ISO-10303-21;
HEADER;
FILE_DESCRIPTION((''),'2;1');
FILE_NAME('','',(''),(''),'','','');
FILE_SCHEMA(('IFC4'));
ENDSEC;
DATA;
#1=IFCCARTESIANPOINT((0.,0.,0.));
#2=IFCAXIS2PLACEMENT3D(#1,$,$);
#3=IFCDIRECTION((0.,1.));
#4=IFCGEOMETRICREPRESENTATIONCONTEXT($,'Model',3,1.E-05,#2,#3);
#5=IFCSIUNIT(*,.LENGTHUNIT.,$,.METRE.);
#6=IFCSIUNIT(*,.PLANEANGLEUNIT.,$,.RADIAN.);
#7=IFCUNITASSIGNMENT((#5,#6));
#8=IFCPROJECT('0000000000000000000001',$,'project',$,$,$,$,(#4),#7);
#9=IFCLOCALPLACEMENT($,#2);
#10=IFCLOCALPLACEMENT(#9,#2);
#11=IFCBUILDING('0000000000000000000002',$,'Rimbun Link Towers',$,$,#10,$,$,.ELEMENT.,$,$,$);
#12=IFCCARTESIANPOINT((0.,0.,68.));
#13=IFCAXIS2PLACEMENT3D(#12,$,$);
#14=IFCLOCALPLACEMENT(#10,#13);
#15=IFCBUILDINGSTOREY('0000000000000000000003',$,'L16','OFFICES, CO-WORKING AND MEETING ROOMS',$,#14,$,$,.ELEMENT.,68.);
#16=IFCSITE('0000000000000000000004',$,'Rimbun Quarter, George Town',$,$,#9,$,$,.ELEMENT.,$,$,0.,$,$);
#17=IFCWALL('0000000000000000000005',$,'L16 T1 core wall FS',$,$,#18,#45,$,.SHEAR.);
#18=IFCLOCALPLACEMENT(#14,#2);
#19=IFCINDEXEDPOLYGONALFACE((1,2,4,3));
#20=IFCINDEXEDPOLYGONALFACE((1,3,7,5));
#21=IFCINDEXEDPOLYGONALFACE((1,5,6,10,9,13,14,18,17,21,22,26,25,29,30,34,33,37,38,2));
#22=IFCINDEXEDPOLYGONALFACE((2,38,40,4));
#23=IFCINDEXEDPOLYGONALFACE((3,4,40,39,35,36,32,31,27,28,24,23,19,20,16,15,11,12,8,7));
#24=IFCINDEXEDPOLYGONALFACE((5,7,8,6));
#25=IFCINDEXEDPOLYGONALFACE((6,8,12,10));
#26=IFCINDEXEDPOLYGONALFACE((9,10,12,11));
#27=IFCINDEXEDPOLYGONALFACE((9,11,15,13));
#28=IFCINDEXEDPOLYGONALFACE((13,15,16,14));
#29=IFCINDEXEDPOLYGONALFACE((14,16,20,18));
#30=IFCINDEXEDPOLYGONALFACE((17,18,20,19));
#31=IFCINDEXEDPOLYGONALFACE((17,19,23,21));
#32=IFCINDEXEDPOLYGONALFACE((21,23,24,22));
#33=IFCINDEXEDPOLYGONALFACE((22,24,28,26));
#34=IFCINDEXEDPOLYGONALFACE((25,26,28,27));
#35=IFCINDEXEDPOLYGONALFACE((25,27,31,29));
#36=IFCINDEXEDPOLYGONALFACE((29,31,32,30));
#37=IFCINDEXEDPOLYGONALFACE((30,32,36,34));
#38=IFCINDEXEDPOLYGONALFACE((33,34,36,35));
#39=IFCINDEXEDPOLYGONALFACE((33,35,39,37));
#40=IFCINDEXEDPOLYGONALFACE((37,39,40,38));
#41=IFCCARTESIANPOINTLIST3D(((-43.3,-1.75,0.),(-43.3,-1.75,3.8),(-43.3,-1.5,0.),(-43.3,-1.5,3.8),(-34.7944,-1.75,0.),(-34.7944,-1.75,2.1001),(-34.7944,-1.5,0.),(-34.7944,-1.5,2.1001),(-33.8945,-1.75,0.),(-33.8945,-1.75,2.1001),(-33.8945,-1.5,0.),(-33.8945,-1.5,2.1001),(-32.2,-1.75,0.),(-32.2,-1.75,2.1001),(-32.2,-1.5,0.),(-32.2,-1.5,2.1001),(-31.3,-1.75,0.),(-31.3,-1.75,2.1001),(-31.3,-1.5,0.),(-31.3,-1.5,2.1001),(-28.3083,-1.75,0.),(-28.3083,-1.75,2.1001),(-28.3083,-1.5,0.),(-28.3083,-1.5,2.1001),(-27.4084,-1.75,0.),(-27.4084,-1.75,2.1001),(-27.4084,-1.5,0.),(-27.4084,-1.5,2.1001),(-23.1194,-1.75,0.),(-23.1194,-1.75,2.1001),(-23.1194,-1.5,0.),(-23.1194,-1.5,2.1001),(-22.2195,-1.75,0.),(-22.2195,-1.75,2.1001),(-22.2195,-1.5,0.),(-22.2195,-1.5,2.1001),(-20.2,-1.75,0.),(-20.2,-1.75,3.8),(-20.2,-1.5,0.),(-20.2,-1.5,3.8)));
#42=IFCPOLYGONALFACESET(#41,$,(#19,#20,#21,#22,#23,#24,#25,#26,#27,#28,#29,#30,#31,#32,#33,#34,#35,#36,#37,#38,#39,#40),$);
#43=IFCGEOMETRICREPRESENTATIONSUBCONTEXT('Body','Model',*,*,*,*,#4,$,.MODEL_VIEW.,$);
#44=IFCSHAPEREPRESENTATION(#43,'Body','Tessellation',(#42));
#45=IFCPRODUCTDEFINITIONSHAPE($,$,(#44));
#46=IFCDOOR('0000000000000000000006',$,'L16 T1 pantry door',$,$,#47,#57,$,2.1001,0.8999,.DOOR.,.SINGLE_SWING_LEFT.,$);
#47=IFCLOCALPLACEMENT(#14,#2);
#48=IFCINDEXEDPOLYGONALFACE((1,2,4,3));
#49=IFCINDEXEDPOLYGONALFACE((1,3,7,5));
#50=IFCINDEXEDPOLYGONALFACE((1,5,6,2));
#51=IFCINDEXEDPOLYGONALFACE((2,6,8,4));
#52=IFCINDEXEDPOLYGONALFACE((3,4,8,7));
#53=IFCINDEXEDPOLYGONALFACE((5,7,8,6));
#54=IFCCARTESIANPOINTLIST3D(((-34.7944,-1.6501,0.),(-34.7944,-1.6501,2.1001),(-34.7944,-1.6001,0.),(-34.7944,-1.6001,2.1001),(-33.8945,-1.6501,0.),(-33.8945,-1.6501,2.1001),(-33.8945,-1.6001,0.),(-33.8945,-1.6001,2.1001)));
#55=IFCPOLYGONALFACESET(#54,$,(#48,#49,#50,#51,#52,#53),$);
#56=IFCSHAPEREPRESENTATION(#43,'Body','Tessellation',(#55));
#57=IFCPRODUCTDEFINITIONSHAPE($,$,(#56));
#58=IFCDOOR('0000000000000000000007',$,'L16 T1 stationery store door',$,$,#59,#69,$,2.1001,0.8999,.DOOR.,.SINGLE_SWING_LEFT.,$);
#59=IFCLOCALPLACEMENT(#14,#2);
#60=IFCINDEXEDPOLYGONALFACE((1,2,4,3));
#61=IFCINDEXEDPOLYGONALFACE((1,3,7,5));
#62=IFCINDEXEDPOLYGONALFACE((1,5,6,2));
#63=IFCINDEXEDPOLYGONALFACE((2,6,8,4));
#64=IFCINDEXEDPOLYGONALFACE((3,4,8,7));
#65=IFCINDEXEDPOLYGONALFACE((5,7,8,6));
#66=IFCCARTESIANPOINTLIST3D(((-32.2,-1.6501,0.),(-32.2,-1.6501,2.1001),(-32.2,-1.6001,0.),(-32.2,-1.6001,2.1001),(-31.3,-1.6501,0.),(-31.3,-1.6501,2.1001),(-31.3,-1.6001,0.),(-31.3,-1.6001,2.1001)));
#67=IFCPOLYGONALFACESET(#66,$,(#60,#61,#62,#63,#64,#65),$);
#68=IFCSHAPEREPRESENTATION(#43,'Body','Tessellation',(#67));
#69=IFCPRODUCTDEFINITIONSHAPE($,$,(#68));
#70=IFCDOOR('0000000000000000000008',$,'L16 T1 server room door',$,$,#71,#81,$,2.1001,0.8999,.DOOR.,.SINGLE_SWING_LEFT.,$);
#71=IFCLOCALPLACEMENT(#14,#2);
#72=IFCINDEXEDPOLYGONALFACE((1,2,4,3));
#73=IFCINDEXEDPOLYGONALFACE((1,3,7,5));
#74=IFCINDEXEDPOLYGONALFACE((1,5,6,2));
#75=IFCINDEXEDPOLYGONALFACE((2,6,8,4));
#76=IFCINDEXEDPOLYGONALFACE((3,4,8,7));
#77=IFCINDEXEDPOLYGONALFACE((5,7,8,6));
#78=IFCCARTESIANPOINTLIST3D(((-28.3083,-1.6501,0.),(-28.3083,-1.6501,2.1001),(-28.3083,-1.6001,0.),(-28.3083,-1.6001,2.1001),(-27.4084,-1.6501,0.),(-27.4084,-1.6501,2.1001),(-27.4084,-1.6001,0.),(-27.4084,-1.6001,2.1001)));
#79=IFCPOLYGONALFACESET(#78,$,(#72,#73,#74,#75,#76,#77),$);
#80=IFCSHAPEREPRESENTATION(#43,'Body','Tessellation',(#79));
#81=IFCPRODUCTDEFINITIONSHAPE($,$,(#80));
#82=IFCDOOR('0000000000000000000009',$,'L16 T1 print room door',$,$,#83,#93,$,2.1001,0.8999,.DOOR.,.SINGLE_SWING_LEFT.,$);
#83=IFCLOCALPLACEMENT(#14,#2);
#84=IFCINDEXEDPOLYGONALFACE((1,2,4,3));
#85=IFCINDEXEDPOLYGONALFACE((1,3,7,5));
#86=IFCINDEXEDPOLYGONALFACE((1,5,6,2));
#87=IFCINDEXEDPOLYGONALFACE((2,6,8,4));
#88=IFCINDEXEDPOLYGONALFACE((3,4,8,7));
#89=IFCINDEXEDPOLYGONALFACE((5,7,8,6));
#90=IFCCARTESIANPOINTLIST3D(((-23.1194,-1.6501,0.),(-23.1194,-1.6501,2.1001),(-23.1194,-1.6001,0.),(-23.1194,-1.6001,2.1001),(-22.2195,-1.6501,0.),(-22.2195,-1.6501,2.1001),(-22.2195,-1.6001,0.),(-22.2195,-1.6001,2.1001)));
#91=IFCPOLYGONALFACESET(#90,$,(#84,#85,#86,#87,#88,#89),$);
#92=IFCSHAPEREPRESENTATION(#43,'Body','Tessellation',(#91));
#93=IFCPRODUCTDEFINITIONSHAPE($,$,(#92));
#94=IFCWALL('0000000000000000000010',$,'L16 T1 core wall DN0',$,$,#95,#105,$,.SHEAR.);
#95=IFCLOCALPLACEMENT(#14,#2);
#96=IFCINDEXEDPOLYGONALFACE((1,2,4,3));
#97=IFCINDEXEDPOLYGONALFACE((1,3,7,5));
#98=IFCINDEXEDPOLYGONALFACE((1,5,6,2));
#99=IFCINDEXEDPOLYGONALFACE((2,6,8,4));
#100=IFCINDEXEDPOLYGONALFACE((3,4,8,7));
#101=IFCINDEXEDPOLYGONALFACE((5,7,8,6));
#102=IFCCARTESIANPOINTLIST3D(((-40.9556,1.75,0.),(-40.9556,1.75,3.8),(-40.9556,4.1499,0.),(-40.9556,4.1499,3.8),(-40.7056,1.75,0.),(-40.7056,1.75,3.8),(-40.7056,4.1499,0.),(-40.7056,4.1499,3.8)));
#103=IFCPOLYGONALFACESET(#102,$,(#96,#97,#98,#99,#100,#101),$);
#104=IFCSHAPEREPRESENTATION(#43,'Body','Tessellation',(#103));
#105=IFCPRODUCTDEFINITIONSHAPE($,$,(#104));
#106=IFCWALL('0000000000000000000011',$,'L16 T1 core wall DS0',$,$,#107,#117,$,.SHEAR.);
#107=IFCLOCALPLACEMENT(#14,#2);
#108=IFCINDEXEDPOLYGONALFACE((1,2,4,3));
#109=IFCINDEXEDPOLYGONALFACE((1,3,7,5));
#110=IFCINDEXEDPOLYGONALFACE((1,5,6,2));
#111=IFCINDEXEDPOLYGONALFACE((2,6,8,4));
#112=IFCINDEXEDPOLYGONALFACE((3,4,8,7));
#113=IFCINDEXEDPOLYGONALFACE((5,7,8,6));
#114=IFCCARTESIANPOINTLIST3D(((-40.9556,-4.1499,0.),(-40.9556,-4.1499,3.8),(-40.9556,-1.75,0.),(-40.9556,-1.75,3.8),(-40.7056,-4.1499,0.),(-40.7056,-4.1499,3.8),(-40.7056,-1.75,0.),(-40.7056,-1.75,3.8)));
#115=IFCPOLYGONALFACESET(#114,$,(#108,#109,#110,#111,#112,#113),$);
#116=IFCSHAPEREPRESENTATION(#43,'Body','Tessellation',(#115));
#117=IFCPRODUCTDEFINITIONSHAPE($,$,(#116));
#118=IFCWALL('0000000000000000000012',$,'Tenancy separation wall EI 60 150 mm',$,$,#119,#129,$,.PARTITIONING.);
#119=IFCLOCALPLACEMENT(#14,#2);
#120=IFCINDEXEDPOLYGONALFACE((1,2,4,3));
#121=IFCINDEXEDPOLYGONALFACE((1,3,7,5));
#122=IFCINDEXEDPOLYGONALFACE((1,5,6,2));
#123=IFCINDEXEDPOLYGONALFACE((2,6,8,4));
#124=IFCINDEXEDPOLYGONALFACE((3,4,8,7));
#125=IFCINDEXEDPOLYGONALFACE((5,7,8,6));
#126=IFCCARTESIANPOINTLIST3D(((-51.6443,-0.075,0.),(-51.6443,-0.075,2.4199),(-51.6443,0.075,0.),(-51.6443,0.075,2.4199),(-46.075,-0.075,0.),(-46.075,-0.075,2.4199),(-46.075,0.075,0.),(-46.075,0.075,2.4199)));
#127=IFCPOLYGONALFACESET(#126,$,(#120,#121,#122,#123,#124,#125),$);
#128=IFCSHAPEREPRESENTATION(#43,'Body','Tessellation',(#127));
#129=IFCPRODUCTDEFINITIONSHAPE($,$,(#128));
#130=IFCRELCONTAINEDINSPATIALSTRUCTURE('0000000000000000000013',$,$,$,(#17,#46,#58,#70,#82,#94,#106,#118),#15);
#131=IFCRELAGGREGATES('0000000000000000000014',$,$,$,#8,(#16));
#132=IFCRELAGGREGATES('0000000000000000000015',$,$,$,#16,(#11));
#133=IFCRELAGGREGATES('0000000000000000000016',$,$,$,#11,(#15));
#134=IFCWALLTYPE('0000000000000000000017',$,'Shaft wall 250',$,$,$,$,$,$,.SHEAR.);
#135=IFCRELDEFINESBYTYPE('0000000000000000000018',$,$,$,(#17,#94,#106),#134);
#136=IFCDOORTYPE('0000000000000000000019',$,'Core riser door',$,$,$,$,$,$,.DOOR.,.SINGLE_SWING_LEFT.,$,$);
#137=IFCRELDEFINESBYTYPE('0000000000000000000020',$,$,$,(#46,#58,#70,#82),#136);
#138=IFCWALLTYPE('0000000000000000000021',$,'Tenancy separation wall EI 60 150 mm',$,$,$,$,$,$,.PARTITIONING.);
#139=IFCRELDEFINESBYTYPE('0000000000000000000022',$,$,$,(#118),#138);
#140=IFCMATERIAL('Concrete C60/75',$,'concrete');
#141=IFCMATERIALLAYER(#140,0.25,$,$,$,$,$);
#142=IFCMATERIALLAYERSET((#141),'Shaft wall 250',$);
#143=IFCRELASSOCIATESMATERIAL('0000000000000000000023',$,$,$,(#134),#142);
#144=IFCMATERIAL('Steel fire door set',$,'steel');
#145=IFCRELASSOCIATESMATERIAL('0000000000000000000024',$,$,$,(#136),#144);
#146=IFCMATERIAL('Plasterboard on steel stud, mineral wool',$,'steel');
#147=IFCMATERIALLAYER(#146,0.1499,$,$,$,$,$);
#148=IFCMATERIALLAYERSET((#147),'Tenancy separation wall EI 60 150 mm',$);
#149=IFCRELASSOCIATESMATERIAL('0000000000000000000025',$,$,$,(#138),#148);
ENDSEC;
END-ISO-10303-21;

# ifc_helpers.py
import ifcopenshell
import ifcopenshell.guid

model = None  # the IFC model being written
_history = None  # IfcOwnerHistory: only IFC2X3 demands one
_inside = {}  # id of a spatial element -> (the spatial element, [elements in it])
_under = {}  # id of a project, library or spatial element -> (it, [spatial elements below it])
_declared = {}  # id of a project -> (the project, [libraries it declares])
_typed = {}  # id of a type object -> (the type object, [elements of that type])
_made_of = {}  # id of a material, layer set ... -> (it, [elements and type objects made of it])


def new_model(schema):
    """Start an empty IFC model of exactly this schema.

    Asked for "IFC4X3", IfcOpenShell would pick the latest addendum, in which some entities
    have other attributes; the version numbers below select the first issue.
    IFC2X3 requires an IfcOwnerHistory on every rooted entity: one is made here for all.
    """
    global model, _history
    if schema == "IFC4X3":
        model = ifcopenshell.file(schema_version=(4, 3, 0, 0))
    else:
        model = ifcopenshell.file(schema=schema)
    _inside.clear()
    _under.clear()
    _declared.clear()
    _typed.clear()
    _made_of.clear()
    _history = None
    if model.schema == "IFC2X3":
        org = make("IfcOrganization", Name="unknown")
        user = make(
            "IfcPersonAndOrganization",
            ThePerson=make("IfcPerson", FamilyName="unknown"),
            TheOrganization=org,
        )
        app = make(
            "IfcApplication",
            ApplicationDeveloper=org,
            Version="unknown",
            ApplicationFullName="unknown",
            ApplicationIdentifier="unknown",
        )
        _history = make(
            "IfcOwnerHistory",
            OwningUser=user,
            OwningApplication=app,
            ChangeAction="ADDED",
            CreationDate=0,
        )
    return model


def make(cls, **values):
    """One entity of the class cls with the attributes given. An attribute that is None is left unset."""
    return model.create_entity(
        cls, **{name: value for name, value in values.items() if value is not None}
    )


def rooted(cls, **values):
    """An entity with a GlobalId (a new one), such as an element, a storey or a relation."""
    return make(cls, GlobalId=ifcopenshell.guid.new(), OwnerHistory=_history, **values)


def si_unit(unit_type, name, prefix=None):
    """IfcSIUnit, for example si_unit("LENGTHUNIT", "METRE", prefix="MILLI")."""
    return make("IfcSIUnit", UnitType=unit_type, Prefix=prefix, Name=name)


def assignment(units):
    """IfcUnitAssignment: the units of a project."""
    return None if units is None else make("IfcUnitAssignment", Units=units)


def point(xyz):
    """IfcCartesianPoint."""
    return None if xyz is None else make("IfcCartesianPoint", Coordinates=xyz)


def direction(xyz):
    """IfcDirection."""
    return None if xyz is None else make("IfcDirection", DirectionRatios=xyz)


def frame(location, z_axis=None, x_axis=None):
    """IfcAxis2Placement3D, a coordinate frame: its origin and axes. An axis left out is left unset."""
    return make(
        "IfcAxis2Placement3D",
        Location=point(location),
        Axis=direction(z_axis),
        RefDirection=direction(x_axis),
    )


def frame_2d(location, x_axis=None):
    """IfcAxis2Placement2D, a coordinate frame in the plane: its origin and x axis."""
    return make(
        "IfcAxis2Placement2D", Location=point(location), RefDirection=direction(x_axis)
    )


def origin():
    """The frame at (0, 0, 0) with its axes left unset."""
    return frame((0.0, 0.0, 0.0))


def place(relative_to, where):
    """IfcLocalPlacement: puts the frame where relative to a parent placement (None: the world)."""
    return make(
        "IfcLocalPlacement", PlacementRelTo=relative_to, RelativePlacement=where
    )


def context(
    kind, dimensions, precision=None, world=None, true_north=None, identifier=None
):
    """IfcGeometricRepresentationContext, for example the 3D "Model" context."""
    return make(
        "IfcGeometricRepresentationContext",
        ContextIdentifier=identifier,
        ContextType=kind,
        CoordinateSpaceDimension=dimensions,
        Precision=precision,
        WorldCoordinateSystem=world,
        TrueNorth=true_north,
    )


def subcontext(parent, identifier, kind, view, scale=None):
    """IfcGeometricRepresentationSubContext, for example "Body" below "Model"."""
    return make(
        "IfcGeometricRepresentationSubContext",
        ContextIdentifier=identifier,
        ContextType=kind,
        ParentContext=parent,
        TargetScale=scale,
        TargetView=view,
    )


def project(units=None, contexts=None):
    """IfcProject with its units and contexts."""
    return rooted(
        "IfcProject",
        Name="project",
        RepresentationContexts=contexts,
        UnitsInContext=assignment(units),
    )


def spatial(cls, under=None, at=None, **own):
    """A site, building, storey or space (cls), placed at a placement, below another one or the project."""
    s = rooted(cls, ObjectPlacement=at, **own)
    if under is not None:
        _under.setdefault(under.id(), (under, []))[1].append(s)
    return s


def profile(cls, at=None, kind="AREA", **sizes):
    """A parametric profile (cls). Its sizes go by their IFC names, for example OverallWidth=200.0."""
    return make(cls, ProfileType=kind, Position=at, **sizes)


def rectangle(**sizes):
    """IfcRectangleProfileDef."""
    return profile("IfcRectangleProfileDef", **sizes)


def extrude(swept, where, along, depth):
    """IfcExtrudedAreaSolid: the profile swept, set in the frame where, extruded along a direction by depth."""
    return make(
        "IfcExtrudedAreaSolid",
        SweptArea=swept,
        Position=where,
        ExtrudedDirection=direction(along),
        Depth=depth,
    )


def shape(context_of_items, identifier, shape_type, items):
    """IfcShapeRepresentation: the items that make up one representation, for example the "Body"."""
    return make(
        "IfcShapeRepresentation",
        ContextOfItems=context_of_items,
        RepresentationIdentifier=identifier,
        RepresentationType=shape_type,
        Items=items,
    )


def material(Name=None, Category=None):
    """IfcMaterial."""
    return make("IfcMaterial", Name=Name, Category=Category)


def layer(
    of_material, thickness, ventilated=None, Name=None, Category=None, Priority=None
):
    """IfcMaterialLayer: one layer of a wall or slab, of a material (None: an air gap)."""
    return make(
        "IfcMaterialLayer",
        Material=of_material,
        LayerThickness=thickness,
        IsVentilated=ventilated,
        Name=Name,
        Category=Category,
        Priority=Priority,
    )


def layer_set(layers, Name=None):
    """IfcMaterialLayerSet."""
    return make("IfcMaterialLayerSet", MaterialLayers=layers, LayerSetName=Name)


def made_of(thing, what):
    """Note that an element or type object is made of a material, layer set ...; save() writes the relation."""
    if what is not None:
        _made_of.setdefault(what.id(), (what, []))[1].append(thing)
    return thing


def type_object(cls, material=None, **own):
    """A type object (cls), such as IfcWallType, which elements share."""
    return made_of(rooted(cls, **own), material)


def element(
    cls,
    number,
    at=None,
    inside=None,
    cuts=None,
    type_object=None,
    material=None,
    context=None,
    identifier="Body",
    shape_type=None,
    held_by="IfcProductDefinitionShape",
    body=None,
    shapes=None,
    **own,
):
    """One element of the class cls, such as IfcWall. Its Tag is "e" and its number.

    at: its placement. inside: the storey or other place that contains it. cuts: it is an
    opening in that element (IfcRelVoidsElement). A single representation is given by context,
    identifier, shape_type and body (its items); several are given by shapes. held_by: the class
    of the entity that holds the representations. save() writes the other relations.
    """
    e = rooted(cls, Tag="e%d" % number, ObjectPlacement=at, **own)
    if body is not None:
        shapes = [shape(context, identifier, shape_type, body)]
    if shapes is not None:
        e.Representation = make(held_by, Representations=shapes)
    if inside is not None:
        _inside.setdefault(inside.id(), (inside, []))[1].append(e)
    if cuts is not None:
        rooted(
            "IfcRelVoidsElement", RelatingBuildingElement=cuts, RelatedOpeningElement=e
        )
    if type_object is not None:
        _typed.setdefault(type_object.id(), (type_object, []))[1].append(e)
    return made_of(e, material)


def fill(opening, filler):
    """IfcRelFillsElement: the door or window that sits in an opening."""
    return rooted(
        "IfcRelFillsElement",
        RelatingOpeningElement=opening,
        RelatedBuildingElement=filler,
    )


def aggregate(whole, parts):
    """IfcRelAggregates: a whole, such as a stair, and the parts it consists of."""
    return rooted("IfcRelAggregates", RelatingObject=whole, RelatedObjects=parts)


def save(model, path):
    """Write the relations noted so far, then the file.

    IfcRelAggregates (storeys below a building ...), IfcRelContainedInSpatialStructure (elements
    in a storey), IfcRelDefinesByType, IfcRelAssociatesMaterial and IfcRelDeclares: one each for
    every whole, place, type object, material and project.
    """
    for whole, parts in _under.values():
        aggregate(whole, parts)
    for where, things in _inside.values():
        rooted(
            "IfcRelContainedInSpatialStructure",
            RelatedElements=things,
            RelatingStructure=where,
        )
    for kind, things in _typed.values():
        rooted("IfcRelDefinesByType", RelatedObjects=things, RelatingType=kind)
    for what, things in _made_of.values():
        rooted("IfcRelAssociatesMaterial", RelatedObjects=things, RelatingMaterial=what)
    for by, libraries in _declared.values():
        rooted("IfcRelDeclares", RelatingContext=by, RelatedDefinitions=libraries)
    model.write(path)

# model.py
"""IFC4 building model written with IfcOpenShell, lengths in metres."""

from ifc_helpers import new_model, si_unit, direction, frame, frame_2d, origin, place, context, subcontext, project, spatial, rectangle, extrude, material, layer, layer_set, type_object, element, fill, save


model = new_model("IFC4")

# Units and contexts
model_context = context("Model", 3, precision=1e-05, world=origin(), true_north=direction((0.0, 1.0)))
body_context = subcontext(model_context, "Body", "Model", "MODEL_VIEW")
ifc_project = project(units=[si_unit("LENGTHUNIT", "METRE"), si_unit("PLANEANGLEUNIT", "RADIAN")], contexts=[model_context])

# Site, building, storey
site_placement = place(None, origin())
site = spatial("IfcSite", under=ifc_project, at=site_placement, Name="Rimbun Quarter, George Town", CompositionType="ELEMENT", RefElevation=0.0)
building_placement = place(site_placement, origin())
building = spatial("IfcBuilding", under=site, at=building_placement, Name="Rimbun Link Towers", CompositionType="ELEMENT")
storey_placement = place(building_placement, frame((0.0, 0.0, 68.0)))
storey = spatial("IfcBuildingStorey", under=building, at=storey_placement, Name="L16", Description="OFFICES, CO-WORKING AND MEETING ROOMS", CompositionType="ELEMENT", Elevation=68.0)

# Shared definitions
ifc_material_1 = material(Name="Concrete C60/75", Category="concrete")
ifc_layer_1 = layer(ifc_material_1, 0.25)
ifc_layer_set_1 = layer_set([ifc_layer_1], Name="Shaft wall 250")
wall_type_1 = type_object("IfcWallType", Name="Shaft wall 250", PredefinedType="SHEAR", material=ifc_layer_set_1)

# Wall, openings, doors
wall_1_placement = place(storey_placement, frame((-43.3, -1.625, 0.0), z_axis=(0.0, 0.0, 1.0), x_axis=(1.0, 0.0, 0.0)))
wall_1 = element("IfcWall", 1, at=wall_1_placement, inside=storey, type_object=wall_type_1, Name="L16 T1 core wall FS", PredefinedType="SHEAR", context=body_context, shape_type="SweptSolid", body=[
    extrude(rectangle(XDim=23.1001, YDim=0.25, at=frame_2d((11.55, 0.0))), origin(), (0.0, 0.0, 1.0), 3.8),
])
opening_1_placement = place(wall_1_placement, frame((8.5056, 0.0, 0.0)))
opening_1 = element("IfcOpeningElement", 2, at=opening_1_placement, cuts=wall_1, PredefinedType="OPENING", context=body_context, shape_type="SweptSolid", body=[
    extrude(rectangle(XDim=0.8999, YDim=2.1001, at=frame_2d((0.45, 1.05))), frame((0.0, 0.135, 0.0), z_axis=(0.0, -1.0, 0.0), x_axis=(1.0, 0.0, 0.0)), (0.0, 0.0, 1.0), 0.27),
])
opening_2_placement = place(wall_1_placement, frame((11.1001, 0.0, 0.0)))
opening_2 = element("IfcOpeningElement", 3, at=opening_2_placement, cuts=wall_1, PredefinedType="OPENING", context=body_context, shape_type="SweptSolid", body=[
    extrude(rectangle(XDim=0.8999, YDim=2.1001, at=frame_2d((0.45, 1.05))), frame((0.0, 0.135, 0.0), z_axis=(0.0, -1.0, 0.0), x_axis=(1.0, 0.0, 0.0)), (0.0, 0.0, 1.0), 0.27),
])
opening_3_placement = place(wall_1_placement, frame((14.9917, 0.0, 0.0)))
opening_3 = element("IfcOpeningElement", 4, at=opening_3_placement, cuts=wall_1, PredefinedType="OPENING", context=body_context, shape_type="SweptSolid", body=[
    extrude(rectangle(XDim=0.8999, YDim=2.1001, at=frame_2d((0.45, 1.05))), frame((0.0, 0.135, 0.0), z_axis=(0.0, -1.0, 0.0), x_axis=(1.0, 0.0, 0.0)), (0.0, 0.0, 1.0), 0.27),
])
opening_4_placement = place(wall_1_placement, frame((20.1807, 0.0, 0.0)))
opening_4 = element("IfcOpeningElement", 5, at=opening_4_placement, cuts=wall_1, PredefinedType="OPENING", context=body_context, shape_type="SweptSolid", body=[
    extrude(rectangle(XDim=0.8999, YDim=2.1001, at=frame_2d((0.45, 1.05))), frame((0.0, 0.135, 0.0), z_axis=(0.0, -1.0, 0.0), x_axis=(1.0, 0.0, 0.0)), (0.0, 0.0, 1.0), 0.27),
])
ifc_material_2 = material(Name="Steel fire door set", Category="steel")
door_type_1 = type_object("IfcDoorType", Name="Core riser door", OperationType="SINGLE_SWING_LEFT", PredefinedType="DOOR", material=ifc_material_2)
door_1_placement = place(opening_1_placement, origin())
door_1 = element("IfcDoor", 6, at=door_1_placement, inside=storey, type_object=door_type_1, Name="L16 T1 pantry door", OperationType="SINGLE_SWING_LEFT", OverallHeight=2.1001, OverallWidth=0.8999, PredefinedType="DOOR", context=body_context, shape_type="SweptSolid", body=[
    extrude(rectangle(XDim=0.8999, YDim=2.1001, at=frame_2d((0.45, 1.05))), frame((0.0, 0.0249, 0.0), z_axis=(0.0, -1.0, 0.0), x_axis=(1.0, 0.0, 0.0)), (0.0, 0.0, 1.0), 0.05),
])
fill(opening_1, door_1)
door_2_placement = place(opening_2_placement, origin())
door_2 = element("IfcDoor", 7, at=door_2_placement, inside=storey, type_object=door_type_1, Name="L16 T1 stationery store door", OperationType="SINGLE_SWING_LEFT", OverallHeight=2.1001, OverallWidth=0.8999, PredefinedType="DOOR", context=body_context, shape_type="SweptSolid", body=[
    extrude(rectangle(XDim=0.8999, YDim=2.1001, at=frame_2d((0.45, 1.05))), frame((0.0, 0.0249, 0.0), z_axis=(0.0, -1.0, 0.0), x_axis=(1.0, 0.0, 0.0)), (0.0, 0.0, 1.0), 0.05),
])
fill(opening_2, door_2)
door_3_placement = place(opening_3_placement, origin())
door_3 = element("IfcDoor", 8, at=door_3_placement, inside=storey, type_object=door_type_1, Name="L16 T1 server room door", OperationType="SINGLE_SWING_LEFT", OverallHeight=2.1001, OverallWidth=0.8999, PredefinedType="DOOR", context=body_context, shape_type="SweptSolid", body=[
    extrude(rectangle(XDim=0.8999, YDim=2.1001, at=frame_2d((0.45, 1.05))), frame((0.0, 0.0249, 0.0), z_axis=(0.0, -1.0, 0.0), x_axis=(1.0, 0.0, 0.0)), (0.0, 0.0, 1.0), 0.05),
])
fill(opening_3, door_3)
door_4_placement = place(opening_4_placement, origin())
door_4 = element("IfcDoor", 9, at=door_4_placement, inside=storey, type_object=door_type_1, Name="L16 T1 print room door", OperationType="SINGLE_SWING_LEFT", OverallHeight=2.1001, OverallWidth=0.8999, PredefinedType="DOOR", context=body_context, shape_type="SweptSolid", body=[
    extrude(rectangle(XDim=0.8999, YDim=2.1001, at=frame_2d((0.45, 1.05))), frame((0.0, 0.0249, 0.0), z_axis=(0.0, -1.0, 0.0), x_axis=(1.0, 0.0, 0.0)), (0.0, 0.0, 1.0), 0.05),
])
fill(opening_4, door_4)

# Walls
for number, where, z_axis, x_axis, name in (
    (10, (-40.8306, 1.75, 0.0), (0.0, 0.0, 1.0), (0.0, 1.0, 0.0), "L16 T1 core wall DN0"),
    (11, (-40.8306, -4.1499, 0.0), (0.0, 0.0, 1.0), (0.0, 1.0, 0.0), "L16 T1 core wall DS0"),
):
    element("IfcWall", number, at=place(storey_placement, frame(where, z_axis=z_axis, x_axis=x_axis)), inside=storey, type_object=wall_type_1, Name=name, PredefinedType="SHEAR", context=body_context, shape_type="SweptSolid", body=[
        extrude(rectangle(XDim=2.3999, YDim=0.25, at=frame_2d((1.2, 0.0))), origin(), (0.0, 0.0, 1.0), 3.8),
    ])
ifc_material_3 = material(Name="Plasterboard on steel stud, mineral wool", Category="steel")
ifc_layer_2 = layer(ifc_material_3, 0.1499)
ifc_layer_set_2 = layer_set([ifc_layer_2], Name="Tenancy separation wall EI 60 150 mm")
wall_type_2 = type_object("IfcWallType", Name="Tenancy separation wall EI 60 150 mm", PredefinedType="PARTITIONING", material=ifc_layer_set_2)
wall_2_placement = place(storey_placement, frame((-46.075, 0.0, 0.0), z_axis=(0.0, 0.0, 1.0), x_axis=(-1.0, 0.0, 0.0)))
element("IfcWall", 12, at=wall_2_placement, inside=storey, type_object=wall_type_2, Name="Tenancy separation wall EI 60 150 mm", PredefinedType="PARTITIONING", context=body_context, shape_type="SweptSolid", body=[
    extrude(rectangle(XDim=5.5693, YDim=0.1499, at=frame_2d((2.7847, 0.0))), origin(), (0.0, 0.0, 1.0), 2.4199),
])

save(model, "model.ifc")
